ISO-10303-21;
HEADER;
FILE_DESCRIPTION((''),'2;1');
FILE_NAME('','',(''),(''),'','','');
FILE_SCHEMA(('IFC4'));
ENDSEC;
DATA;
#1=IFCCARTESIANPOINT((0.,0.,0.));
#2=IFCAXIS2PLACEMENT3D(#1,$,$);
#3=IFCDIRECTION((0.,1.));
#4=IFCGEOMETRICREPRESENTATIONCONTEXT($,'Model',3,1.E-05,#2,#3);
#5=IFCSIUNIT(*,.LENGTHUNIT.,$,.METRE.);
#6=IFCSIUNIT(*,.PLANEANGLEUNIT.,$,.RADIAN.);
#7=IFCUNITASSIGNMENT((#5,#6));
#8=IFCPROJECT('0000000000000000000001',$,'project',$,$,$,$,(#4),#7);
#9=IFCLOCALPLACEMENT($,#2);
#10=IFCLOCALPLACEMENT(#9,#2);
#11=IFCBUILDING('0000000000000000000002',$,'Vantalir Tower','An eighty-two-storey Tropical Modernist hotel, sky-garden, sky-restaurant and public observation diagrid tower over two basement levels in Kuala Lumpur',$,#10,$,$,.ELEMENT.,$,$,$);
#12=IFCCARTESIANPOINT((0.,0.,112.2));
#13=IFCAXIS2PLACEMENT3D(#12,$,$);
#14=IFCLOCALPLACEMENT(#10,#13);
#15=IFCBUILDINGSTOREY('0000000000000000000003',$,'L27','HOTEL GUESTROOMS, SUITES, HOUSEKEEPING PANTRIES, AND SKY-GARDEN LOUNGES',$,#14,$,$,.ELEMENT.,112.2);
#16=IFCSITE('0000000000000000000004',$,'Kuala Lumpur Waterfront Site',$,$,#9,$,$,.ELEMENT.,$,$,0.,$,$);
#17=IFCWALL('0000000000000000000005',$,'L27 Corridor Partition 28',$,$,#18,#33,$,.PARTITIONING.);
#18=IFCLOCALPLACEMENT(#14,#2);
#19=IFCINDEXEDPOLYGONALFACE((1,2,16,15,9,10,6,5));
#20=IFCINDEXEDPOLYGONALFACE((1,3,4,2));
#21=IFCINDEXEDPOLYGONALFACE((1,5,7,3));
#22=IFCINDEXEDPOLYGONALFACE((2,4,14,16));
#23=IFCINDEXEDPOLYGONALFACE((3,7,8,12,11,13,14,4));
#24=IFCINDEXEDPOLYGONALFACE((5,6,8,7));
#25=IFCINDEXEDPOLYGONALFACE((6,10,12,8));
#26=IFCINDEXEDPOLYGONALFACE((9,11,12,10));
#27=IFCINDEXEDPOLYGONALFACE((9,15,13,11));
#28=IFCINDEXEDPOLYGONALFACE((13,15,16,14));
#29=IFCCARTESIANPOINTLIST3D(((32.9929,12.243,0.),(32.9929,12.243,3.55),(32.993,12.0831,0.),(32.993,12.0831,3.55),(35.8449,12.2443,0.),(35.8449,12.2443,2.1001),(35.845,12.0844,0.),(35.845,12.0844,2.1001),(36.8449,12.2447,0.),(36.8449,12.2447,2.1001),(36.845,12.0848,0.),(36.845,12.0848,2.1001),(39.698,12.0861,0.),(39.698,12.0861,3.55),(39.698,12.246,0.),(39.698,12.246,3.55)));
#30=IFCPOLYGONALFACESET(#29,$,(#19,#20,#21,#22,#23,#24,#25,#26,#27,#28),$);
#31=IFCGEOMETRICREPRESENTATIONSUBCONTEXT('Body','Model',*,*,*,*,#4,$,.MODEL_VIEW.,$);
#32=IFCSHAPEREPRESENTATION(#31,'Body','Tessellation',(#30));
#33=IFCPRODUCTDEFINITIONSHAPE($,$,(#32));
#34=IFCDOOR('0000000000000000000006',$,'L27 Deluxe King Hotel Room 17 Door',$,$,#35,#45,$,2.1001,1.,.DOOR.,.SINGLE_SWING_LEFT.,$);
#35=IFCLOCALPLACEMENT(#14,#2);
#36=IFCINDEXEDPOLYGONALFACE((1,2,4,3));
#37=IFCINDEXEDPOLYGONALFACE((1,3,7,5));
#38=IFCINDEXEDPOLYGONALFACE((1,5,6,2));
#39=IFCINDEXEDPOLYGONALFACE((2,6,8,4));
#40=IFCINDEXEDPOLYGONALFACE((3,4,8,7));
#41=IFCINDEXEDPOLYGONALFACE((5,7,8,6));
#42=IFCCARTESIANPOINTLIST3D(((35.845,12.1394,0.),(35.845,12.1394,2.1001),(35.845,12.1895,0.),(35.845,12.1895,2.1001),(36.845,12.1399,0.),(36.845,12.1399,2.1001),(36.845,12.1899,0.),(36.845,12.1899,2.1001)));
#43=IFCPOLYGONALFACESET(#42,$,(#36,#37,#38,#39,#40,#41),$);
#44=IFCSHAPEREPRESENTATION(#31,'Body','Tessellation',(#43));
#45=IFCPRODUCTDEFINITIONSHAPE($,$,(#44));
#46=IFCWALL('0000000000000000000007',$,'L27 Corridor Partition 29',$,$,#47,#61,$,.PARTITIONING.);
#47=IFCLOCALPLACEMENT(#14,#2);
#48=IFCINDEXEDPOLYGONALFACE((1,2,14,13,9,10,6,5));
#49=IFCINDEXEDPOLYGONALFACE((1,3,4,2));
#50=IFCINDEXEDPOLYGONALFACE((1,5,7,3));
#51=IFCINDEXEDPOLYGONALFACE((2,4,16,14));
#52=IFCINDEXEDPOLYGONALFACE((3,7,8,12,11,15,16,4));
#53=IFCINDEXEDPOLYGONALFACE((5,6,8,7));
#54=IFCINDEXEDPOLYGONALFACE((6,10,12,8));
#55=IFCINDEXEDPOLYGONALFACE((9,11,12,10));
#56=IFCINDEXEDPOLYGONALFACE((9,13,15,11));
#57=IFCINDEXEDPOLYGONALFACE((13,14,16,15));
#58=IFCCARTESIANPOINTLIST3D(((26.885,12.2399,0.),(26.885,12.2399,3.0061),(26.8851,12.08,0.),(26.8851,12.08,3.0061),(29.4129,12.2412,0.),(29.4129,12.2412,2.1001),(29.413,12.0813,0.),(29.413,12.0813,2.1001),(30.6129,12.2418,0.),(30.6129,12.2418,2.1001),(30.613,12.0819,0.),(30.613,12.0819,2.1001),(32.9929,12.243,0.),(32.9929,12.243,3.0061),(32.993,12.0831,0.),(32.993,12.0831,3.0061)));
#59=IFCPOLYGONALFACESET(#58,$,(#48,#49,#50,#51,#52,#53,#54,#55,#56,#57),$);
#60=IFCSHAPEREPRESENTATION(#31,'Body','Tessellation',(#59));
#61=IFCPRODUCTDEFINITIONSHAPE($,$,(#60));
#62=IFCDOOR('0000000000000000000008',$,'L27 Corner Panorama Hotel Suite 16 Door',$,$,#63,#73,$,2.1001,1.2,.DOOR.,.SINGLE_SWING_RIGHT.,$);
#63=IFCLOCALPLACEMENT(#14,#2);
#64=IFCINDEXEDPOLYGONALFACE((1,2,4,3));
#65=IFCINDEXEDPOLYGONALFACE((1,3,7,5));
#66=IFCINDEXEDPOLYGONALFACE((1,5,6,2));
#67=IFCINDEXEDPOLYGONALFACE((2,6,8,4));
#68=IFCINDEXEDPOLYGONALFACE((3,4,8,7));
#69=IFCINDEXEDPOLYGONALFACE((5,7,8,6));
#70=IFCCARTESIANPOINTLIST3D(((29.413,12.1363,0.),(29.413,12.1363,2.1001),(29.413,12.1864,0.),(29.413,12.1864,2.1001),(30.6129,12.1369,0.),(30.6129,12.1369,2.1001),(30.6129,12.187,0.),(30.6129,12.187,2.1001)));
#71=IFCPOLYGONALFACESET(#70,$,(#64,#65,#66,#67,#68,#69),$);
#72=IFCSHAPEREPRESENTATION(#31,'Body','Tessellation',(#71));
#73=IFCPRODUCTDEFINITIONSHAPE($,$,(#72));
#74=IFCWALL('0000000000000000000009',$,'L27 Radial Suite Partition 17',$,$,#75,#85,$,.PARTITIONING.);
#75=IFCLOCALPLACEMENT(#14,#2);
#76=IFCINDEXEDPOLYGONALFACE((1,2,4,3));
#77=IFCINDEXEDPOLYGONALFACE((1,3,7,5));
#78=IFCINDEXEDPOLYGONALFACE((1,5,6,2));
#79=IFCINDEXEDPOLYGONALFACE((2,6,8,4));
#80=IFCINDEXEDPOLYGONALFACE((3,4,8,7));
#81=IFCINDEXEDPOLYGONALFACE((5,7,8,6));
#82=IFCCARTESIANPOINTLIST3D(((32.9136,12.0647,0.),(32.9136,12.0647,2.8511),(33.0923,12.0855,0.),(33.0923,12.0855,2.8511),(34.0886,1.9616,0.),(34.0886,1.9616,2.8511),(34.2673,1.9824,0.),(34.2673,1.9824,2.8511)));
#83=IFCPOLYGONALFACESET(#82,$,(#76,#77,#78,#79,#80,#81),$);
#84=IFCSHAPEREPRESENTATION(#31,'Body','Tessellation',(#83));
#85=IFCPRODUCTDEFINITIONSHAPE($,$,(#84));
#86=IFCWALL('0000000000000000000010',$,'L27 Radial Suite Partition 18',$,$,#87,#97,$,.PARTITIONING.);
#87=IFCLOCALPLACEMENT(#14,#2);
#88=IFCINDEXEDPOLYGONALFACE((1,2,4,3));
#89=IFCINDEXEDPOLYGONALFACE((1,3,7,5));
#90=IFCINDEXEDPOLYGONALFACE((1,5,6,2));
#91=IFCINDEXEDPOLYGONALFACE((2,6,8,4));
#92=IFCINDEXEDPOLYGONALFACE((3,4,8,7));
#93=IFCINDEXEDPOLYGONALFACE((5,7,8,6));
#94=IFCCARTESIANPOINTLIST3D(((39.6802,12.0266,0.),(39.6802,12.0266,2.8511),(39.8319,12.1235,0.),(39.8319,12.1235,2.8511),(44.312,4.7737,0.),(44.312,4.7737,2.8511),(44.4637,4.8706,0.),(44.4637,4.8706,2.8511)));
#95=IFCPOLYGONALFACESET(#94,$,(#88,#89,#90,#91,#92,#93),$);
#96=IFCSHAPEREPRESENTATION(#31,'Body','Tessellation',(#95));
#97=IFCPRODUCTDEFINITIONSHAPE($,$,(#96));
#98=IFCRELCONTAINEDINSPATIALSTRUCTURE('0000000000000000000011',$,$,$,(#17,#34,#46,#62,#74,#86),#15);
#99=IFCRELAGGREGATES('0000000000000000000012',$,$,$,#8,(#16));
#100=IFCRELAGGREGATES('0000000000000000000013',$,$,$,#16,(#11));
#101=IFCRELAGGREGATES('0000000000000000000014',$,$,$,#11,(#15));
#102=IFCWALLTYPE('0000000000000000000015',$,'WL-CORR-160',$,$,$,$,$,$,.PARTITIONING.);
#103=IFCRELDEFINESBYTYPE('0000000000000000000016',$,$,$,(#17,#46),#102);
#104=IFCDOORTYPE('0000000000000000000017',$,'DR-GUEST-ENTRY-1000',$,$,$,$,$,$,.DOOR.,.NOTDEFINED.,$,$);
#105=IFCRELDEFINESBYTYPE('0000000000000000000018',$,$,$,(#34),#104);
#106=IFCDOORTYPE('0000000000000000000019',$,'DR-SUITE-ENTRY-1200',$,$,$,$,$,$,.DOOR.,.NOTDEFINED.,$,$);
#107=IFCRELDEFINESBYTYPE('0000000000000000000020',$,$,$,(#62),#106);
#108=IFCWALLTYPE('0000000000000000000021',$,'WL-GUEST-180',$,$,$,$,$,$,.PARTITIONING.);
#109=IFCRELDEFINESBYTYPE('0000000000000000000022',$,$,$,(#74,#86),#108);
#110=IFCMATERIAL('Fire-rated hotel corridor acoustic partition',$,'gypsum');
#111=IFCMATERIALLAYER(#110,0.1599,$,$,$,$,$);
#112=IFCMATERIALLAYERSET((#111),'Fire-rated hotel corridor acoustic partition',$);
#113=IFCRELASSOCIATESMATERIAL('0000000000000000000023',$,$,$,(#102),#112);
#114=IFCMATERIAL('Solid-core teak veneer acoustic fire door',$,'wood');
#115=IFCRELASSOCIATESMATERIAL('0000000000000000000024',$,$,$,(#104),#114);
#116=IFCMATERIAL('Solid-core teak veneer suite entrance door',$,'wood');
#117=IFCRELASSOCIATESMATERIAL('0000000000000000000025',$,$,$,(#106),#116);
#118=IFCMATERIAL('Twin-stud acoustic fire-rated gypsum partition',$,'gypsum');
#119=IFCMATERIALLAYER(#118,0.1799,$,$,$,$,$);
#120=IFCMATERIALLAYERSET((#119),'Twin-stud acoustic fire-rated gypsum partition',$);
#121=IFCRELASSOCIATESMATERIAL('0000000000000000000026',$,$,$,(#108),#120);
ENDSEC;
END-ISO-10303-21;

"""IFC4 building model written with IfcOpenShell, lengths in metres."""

from ifc_helpers import new_model, si_unit, direction, frame, frame_2d, origin, place, context, subcontext, project, spatial, rectangle, extrude, material, layer, layer_set, type_object, element, fill, save


model = new_model("IFC4")

# Units and contexts
model_context = context("Model", 3, precision=1e-05, world=origin(), true_north=direction((0.0, 1.0)))
body_context = subcontext(model_context, "Body", "Model", "MODEL_VIEW")
ifc_project = project(units=[si_unit("LENGTHUNIT", "METRE"), si_unit("PLANEANGLEUNIT", "RADIAN")], contexts=[model_context])

# Site, building, storey
site_placement = place(None, origin())
site = spatial("IfcSite", under=ifc_project, at=site_placement, Name="Kuala Lumpur Waterfront Site", CompositionType="ELEMENT", RefElevation=0.0)
building_placement = place(site_placement, origin())
building = spatial("IfcBuilding", under=site, at=building_placement, Name="Vantalir Tower", Description="An eighty-two-storey Tropical Modernist hotel, sky-garden, sky-restaurant and public observation diagrid tower over two basement levels in Kuala Lumpur", CompositionType="ELEMENT")
storey_placement = place(building_placement, frame((0.0, 0.0, 112.2)))
storey = spatial("IfcBuildingStorey", under=building, at=storey_placement, Name="L27", Description="HOTEL GUESTROOMS, SUITES, HOUSEKEEPING PANTRIES, AND SKY-GARDEN LOUNGES", CompositionType="ELEMENT", Elevation=112.2)

# Walls, openings, doors
ifc_material_1 = material(Name="Fire-rated hotel corridor acoustic partition", Category="gypsum")
ifc_layer_1 = layer(ifc_material_1, 0.1599)
ifc_layer_set_1 = layer_set([ifc_layer_1], Name="Fire-rated hotel corridor acoustic partition")
wall_type_1 = type_object("IfcWallType", Name="WL-CORR-160", PredefinedType="PARTITIONING", material=ifc_layer_set_1)
ifc_material_2 = material(Name="Solid-core teak veneer acoustic fire door", Category="wood")
door_type_1 = type_object("IfcDoorType", Name="DR-GUEST-ENTRY-1000", OperationType="NOTDEFINED", PredefinedType="DOOR", material=ifc_material_2)
wall_1_placement = place(storey_placement, frame((39.698, 12.166, 0.0), z_axis=(0.0, 0.0, 1.0), x_axis=(-1.0, -0.000437, 0.0)))
wall_1 = element("IfcWall", 1, at=wall_1_placement, inside=storey, type_object=wall_type_1, Name="L27 Corridor Partition 28", PredefinedType="PARTITIONING", context=body_context, shape_type="SweptSolid", body=[
    extrude(rectangle(XDim=6.7051, YDim=0.1599, at=frame_2d((3.3525, 0.0))), origin(), (0.0, 0.0, 1.0), 3.55),
])
opening_1_placement = place(wall_1_placement, frame((2.853, 0.0, 0.0)))
opening_1 = element("IfcOpeningElement", 2, at=opening_1_placement, cuts=wall_1, PredefinedType="OPENING", context=body_context, shape_type="SweptSolid", body=[
    extrude(rectangle(XDim=1.0, YDim=2.1001, at=frame_2d((0.5, 1.05))), frame((0.0, 0.0898, 0.0), z_axis=(0.0, -1.0, 0.0), x_axis=(1.0, 0.0, 0.0)), (0.0, 0.0, 1.0), 0.1799),
])
door_1_placement = place(opening_1_placement, origin())
door_1 = element("IfcDoor", 3, at=door_1_placement, inside=storey, type_object=door_type_1, Name="L27 Deluxe King Hotel Room 17 Door", OperationType="SINGLE_SWING_LEFT", OverallHeight=2.1001, OverallWidth=1.0, PredefinedType="DOOR", context=body_context, shape_type="SweptSolid", body=[
    extrude(rectangle(XDim=1.0, YDim=2.1001, at=frame_2d((0.5, 1.05))), frame((0.0, 0.0249, 0.0), z_axis=(0.0, -1.0, 0.0), x_axis=(1.0, 0.0, 0.0)), (0.0, 0.0, 1.0), 0.05),
])
fill(opening_1, door_1)
wall_2_placement = place(storey_placement, frame((32.9929, 12.1631, 0.0), z_axis=(0.0, 0.0, 1.0), x_axis=(-1.0, -0.00052, 0.0)))
wall_2 = element("IfcWall", 4, at=wall_2_placement, inside=storey, type_object=wall_type_1, Name="L27 Corridor Partition 29", PredefinedType="PARTITIONING", context=body_context, shape_type="SweptSolid", body=[
    extrude(rectangle(XDim=6.1079, YDim=0.1599, at=frame_2d((3.054, 0.0))), origin(), (0.0, 0.0, 1.0), 3.0061),
])
opening_2_placement = place(wall_2_placement, frame((2.3799, 0.0, 0.0)))
opening_2 = element("IfcOpeningElement", 5, at=opening_2_placement, cuts=wall_2, PredefinedType="OPENING", context=body_context, shape_type="SweptSolid", body=[
    extrude(rectangle(XDim=1.2, YDim=2.1001, at=frame_2d((0.6001, 1.05))), frame((0.0, 0.0898, 0.0), z_axis=(0.0, -1.0, 0.0), x_axis=(1.0, 0.0, 0.0)), (0.0, 0.0, 1.0), 0.1799),
])
ifc_material_3 = material(Name="Solid-core teak veneer suite entrance door", Category="wood")
door_type_2 = type_object("IfcDoorType", Name="DR-SUITE-ENTRY-1200", OperationType="NOTDEFINED", PredefinedType="DOOR", material=ifc_material_3)
door_2_placement = place(opening_2_placement, origin())
door_2 = element("IfcDoor", 6, at=door_2_placement, inside=storey, type_object=door_type_2, Name="L27 Corner Panorama Hotel Suite 16 Door", OperationType="SINGLE_SWING_RIGHT", OverallHeight=2.1001, OverallWidth=1.2, PredefinedType="DOOR", context=body_context, shape_type="SweptSolid", body=[
    extrude(rectangle(XDim=1.2, YDim=2.1001, at=frame_2d((0.6001, 1.05))), frame((0.0, 0.0249, 0.0), z_axis=(0.0, -1.0, 0.0), x_axis=(1.0, 0.0, 0.0)), (0.0, 0.0, 1.0), 0.05),
])
fill(opening_2, door_2)

# Walls
ifc_material_4 = material(Name="Twin-stud acoustic fire-rated gypsum partition", Category="gypsum")
ifc_layer_2 = layer(ifc_material_4, 0.1799)
ifc_layer_set_2 = layer_set([ifc_layer_2], Name="Twin-stud acoustic fire-rated gypsum partition")
wall_type_2 = type_object("IfcWallType", Name="WL-GUEST-180", PredefinedType="PARTITIONING", material=ifc_layer_set_2)
wall_3_placement = place(storey_placement, frame((33.0029, 12.075, 0.0), z_axis=(0.0, 0.0, 1.0), x_axis=(0.115528, -0.993304, 0.0)))
element("IfcWall", 7, at=wall_3_placement, inside=storey, type_object=wall_type_2, Name="L27 Radial Suite Partition 17", PredefinedType="PARTITIONING", context=body_context, shape_type="SweptSolid", body=[
    extrude(rectangle(XDim=10.1711, YDim=0.1799, at=frame_2d((5.0854, 0.0))), origin(), (0.0, 0.0, 1.0), 2.8511),
])
wall_4_placement = place(storey_placement, frame((39.7561, 12.075, 0.0), z_axis=(0.0, 0.0, 1.0), x_axis=(0.538226, -0.842801, 0.0)))
element("IfcWall", 8, at=wall_4_placement, inside=storey, type_object=wall_type_2, Name="L27 Radial Suite Partition 18", PredefinedType="PARTITIONING", context=body_context, shape_type="SweptSolid", body=[
    extrude(rectangle(XDim=8.6057, YDim=0.1799, at=frame_2d((4.3027, 0.0))), origin(), (0.0, 0.0, 1.0), 2.8511),
])

save(model, "model.ifc")
